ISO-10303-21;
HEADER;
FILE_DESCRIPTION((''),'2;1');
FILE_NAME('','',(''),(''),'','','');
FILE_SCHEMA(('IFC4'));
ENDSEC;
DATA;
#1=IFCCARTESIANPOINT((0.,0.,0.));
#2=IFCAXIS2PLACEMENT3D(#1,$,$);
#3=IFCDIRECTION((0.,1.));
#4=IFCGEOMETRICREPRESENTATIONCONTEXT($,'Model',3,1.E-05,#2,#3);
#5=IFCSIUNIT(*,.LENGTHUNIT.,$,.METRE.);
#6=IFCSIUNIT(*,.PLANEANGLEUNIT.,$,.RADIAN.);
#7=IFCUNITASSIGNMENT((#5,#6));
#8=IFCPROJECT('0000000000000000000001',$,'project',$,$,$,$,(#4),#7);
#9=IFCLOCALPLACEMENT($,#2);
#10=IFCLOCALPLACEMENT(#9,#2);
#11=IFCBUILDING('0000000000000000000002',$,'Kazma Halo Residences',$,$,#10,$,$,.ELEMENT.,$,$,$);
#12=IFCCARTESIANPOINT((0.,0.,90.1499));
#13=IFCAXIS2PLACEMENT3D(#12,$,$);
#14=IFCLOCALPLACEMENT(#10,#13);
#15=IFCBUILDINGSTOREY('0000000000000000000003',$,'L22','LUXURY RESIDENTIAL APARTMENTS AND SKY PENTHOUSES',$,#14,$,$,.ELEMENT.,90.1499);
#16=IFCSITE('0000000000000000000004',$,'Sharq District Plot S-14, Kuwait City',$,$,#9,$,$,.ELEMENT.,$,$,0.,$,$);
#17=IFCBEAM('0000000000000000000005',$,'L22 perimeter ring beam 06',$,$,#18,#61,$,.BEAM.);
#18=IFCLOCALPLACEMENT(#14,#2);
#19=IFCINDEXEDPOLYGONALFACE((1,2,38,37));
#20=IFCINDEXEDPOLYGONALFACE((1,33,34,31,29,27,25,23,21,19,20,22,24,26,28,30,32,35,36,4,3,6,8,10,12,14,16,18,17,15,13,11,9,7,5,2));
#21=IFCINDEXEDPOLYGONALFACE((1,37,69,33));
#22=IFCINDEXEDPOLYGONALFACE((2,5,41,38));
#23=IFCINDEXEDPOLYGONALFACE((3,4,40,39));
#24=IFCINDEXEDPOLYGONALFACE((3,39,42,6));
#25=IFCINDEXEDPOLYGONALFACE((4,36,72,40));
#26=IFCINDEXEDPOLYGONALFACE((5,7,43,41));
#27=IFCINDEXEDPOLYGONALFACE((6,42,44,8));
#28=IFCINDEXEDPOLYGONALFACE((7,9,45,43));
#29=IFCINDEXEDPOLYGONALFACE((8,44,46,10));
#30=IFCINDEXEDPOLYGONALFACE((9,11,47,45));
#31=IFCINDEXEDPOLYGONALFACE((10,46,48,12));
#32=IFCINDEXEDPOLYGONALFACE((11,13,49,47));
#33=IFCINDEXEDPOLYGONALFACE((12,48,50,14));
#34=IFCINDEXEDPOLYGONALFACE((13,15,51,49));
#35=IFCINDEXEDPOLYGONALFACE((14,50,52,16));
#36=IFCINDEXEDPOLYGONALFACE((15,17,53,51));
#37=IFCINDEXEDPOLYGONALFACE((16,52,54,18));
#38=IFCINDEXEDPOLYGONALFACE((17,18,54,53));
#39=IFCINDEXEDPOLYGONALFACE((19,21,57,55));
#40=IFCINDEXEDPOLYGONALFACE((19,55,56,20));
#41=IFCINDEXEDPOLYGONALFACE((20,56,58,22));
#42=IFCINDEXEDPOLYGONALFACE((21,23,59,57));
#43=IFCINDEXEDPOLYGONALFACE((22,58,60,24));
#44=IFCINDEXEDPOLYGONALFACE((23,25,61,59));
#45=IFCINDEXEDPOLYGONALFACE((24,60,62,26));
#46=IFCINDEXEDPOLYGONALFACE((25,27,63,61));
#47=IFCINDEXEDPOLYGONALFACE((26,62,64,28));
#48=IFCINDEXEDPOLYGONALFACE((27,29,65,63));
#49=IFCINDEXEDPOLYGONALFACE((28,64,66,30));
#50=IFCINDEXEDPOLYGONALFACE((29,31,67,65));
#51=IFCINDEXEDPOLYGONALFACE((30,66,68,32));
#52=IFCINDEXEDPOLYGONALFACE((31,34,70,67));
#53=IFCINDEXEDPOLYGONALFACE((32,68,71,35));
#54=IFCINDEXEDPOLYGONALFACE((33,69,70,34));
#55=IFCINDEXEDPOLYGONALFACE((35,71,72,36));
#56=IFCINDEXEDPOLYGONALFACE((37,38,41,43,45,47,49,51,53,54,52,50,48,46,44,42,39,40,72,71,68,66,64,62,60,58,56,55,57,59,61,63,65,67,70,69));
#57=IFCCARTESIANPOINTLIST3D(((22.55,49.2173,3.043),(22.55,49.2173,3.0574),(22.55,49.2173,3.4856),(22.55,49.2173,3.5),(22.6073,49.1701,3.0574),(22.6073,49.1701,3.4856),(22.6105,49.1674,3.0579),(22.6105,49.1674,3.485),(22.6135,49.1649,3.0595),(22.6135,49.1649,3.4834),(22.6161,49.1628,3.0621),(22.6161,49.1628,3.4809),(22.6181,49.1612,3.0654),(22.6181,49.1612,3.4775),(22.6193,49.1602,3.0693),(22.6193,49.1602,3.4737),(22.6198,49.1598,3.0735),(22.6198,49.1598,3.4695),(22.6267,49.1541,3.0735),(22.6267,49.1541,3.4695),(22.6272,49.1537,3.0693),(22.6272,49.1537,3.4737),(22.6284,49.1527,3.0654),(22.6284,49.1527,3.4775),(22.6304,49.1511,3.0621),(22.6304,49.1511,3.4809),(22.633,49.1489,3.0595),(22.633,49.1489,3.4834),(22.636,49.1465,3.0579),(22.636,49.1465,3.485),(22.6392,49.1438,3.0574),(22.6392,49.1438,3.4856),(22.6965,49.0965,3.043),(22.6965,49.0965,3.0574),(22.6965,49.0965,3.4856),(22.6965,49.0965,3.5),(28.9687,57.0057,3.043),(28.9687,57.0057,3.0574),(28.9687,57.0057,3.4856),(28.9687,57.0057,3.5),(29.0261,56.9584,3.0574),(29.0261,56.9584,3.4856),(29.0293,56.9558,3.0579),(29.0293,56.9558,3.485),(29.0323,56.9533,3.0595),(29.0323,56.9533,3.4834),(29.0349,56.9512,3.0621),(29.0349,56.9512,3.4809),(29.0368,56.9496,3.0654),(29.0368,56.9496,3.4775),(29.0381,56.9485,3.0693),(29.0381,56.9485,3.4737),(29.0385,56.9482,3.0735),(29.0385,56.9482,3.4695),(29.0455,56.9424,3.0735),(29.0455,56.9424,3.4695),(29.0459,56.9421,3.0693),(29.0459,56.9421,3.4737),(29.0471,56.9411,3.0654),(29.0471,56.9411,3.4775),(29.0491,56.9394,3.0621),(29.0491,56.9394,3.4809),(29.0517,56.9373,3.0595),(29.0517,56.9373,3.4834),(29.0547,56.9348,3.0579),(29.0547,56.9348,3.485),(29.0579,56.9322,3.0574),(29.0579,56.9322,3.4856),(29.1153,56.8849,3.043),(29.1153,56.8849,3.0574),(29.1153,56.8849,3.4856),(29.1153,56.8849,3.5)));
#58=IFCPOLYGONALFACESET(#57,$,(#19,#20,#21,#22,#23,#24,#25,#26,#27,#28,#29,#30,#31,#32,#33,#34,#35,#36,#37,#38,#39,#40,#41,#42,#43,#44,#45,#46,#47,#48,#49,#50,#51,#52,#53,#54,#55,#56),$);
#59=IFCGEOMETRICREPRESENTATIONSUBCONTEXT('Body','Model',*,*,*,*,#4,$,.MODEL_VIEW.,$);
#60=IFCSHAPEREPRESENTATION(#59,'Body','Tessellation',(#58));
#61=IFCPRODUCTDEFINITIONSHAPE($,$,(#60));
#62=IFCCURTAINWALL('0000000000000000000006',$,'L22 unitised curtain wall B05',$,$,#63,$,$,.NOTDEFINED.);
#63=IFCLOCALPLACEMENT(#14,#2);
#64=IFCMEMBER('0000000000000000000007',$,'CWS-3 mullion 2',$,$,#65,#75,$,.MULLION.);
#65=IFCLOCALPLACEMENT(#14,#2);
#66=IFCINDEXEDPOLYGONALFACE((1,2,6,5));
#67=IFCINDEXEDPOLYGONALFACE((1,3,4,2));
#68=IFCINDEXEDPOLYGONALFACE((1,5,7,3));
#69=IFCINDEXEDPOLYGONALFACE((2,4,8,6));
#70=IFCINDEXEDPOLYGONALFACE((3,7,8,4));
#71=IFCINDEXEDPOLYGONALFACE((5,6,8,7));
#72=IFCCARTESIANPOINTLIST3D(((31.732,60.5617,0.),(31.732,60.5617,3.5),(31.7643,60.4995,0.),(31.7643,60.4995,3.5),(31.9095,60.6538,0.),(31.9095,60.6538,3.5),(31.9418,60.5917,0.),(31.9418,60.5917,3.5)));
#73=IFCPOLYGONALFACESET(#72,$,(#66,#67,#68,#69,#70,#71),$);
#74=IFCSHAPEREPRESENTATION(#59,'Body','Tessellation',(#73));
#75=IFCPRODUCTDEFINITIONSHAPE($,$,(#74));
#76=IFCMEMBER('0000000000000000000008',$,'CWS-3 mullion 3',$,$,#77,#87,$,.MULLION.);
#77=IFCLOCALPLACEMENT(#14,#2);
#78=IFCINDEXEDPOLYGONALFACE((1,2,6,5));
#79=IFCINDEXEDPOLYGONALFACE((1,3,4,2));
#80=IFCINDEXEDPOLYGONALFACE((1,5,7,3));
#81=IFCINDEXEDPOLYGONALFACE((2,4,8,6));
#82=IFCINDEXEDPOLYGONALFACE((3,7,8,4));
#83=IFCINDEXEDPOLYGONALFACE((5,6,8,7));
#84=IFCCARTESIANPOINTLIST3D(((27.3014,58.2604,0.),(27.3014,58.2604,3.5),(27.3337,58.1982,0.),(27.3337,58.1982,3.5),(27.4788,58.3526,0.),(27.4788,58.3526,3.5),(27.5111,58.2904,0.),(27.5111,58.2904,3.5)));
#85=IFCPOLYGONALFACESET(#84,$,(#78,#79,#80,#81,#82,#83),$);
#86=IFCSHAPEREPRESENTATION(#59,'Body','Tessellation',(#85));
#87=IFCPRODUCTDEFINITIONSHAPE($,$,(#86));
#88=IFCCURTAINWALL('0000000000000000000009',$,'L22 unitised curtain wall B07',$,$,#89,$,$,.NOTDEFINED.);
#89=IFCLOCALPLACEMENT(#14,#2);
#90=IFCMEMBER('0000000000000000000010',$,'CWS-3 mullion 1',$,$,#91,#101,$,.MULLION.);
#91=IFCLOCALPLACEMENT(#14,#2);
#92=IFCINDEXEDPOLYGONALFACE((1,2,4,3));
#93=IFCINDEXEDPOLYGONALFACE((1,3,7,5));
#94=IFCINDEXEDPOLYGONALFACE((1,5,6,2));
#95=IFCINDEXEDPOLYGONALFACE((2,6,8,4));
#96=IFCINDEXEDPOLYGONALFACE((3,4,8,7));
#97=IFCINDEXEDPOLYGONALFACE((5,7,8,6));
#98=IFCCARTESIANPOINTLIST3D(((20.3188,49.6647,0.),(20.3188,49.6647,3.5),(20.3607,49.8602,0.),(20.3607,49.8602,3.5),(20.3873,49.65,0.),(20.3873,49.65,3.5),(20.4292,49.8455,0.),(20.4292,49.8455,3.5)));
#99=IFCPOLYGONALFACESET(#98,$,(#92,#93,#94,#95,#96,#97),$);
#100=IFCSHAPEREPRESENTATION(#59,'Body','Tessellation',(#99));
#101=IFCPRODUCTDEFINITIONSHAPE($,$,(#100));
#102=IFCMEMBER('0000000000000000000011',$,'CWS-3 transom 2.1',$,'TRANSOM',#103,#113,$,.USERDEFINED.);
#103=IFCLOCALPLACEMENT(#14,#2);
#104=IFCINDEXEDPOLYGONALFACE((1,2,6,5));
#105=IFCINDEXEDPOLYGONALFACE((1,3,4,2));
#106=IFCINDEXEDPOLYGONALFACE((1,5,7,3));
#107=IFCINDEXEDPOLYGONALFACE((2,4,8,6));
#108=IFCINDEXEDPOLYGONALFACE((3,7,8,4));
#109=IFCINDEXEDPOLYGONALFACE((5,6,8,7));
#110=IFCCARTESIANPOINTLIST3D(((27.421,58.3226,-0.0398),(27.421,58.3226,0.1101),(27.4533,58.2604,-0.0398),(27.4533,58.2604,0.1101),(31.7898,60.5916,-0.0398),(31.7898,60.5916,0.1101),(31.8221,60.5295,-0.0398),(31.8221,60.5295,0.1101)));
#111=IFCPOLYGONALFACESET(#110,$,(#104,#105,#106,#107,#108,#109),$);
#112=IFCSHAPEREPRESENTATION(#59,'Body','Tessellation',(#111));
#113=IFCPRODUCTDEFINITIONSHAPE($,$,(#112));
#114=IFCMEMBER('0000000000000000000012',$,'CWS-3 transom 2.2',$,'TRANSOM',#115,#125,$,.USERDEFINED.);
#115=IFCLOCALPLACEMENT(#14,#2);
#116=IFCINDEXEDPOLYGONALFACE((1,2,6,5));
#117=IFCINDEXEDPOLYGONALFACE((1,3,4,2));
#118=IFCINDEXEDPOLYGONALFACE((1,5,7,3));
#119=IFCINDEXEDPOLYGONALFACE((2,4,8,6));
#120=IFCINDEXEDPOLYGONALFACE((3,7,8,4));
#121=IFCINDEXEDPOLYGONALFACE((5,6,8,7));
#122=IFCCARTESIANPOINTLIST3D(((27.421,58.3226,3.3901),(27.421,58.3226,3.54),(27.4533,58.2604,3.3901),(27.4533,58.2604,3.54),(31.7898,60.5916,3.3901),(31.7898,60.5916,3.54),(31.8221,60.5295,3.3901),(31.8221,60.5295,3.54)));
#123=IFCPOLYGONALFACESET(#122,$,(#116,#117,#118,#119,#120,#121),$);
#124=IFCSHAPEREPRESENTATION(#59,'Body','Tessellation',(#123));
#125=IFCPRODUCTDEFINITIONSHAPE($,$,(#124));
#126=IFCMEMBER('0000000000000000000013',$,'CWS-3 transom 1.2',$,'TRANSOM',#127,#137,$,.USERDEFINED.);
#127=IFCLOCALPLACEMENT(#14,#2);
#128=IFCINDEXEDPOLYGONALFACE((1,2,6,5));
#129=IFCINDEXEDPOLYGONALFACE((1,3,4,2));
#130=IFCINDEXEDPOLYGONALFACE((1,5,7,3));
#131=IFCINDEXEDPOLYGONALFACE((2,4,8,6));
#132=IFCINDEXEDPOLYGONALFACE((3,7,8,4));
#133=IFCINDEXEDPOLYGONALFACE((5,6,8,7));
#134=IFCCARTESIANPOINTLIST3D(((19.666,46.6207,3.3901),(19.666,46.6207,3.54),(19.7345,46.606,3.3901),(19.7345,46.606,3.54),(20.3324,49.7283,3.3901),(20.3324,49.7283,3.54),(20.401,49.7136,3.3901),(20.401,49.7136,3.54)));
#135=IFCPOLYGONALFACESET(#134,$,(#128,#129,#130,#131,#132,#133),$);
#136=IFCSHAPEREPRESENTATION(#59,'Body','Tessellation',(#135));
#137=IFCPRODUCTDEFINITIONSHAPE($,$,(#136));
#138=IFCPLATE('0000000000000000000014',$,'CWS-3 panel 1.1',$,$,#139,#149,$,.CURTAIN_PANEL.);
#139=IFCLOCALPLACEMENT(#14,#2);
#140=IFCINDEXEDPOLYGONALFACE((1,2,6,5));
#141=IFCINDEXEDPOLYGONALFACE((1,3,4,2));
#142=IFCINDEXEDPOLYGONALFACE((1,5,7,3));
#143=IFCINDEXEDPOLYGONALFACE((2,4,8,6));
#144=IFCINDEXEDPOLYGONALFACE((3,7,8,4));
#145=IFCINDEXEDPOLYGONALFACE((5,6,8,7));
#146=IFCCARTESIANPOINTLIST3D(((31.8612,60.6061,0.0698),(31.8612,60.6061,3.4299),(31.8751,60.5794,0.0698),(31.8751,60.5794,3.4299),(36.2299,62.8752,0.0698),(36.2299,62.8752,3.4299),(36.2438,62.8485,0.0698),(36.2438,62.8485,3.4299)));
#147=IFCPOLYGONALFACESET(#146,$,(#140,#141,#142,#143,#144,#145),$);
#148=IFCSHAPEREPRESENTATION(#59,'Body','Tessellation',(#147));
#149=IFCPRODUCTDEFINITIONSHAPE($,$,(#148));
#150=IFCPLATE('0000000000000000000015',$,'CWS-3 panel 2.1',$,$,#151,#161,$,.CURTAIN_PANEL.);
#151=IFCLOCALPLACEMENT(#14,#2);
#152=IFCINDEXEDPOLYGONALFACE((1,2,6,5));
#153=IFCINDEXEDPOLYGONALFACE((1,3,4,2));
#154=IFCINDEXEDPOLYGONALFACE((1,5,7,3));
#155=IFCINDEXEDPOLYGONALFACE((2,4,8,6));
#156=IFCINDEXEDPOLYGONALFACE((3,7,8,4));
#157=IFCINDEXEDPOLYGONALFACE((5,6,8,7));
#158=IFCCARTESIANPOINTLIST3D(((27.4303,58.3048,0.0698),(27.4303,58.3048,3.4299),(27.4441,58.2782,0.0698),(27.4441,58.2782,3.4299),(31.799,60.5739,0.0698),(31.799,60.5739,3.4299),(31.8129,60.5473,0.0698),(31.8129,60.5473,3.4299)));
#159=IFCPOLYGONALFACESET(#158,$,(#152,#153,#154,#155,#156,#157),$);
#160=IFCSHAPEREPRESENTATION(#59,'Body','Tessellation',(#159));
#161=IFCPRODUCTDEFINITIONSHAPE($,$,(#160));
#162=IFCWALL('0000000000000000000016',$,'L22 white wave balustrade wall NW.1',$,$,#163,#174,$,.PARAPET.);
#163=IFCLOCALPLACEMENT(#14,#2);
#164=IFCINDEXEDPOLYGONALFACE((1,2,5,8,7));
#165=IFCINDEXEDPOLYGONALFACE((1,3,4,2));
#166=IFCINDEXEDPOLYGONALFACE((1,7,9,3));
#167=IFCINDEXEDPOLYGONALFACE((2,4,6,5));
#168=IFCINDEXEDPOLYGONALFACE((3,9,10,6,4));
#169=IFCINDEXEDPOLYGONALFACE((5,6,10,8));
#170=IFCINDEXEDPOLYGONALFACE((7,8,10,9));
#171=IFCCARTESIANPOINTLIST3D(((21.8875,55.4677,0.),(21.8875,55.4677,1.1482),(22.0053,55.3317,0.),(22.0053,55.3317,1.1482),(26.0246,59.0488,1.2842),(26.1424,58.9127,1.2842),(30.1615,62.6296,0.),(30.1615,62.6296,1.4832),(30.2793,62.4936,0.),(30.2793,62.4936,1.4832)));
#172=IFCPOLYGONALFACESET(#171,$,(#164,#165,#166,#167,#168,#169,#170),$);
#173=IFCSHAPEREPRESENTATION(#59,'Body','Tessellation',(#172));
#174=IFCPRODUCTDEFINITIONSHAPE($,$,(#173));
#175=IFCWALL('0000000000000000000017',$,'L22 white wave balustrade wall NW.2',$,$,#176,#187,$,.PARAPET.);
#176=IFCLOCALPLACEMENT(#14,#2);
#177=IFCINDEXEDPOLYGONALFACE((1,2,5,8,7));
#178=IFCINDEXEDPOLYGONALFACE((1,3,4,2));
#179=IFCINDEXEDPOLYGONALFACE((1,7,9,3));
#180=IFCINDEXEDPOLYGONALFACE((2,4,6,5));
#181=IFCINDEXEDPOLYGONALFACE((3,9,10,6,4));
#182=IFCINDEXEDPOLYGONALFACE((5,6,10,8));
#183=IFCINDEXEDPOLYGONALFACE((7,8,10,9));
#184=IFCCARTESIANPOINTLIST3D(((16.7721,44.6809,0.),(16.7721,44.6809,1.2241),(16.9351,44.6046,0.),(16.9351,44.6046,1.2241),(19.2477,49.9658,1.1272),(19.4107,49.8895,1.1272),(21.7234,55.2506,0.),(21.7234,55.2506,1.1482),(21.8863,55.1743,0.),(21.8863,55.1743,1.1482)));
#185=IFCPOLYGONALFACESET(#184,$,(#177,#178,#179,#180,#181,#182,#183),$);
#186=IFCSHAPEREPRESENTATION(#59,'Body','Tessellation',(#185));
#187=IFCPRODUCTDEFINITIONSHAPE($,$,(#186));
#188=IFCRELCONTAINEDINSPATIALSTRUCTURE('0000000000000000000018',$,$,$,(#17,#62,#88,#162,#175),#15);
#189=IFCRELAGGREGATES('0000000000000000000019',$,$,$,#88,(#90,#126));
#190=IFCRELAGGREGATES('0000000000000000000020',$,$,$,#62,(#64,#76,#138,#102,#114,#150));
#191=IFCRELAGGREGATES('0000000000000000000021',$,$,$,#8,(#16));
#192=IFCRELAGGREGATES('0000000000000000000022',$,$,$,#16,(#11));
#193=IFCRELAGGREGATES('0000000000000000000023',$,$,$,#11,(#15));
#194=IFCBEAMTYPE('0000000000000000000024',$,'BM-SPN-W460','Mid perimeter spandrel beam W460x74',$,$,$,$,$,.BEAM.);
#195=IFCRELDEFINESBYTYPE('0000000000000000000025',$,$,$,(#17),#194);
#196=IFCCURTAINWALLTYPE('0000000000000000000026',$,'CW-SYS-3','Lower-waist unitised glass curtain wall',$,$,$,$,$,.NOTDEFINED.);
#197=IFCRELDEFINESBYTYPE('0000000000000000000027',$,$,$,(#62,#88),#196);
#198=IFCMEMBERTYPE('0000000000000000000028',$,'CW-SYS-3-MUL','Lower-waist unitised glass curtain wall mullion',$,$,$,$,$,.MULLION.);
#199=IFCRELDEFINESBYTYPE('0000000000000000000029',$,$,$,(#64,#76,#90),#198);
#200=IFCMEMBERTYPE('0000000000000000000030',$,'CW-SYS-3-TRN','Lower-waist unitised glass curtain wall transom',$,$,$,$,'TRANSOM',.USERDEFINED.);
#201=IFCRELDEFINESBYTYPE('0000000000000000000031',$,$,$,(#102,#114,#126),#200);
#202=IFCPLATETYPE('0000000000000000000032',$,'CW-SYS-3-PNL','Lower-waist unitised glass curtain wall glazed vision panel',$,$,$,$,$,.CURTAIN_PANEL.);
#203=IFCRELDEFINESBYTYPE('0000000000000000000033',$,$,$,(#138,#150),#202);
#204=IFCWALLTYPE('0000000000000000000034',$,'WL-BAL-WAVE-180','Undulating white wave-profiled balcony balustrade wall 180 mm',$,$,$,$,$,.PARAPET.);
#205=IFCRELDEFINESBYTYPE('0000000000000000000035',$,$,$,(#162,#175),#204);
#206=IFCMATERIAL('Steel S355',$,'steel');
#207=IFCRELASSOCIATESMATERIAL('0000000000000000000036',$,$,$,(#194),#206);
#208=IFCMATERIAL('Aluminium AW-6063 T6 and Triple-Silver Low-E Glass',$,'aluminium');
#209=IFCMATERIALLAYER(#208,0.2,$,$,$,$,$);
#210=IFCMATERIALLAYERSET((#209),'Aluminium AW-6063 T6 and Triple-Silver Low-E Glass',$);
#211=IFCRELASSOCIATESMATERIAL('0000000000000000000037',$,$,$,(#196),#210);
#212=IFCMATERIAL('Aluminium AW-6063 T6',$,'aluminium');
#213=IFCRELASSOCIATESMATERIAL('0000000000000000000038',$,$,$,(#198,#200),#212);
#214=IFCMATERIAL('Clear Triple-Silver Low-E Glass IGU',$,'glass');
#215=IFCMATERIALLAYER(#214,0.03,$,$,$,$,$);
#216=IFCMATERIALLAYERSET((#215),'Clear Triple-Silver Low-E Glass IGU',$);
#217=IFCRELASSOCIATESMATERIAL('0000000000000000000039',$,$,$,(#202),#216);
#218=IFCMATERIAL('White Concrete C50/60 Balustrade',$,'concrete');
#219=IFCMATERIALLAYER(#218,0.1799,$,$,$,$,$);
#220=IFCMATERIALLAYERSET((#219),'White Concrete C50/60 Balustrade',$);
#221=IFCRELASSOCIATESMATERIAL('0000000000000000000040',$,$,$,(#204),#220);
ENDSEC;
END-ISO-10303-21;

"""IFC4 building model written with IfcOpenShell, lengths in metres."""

from ifc_helpers import new_model, si_unit, direction, frame, origin, origin_2d, place, context, subcontext, project, spatial, polyline, rectangle, i_section, outline, extrude, material, layer, layer_set, material_profile, profile_set, type_object, element, aggregate, save


model = new_model("IFC4")

# Units and contexts
model_context = context("Model", 3, precision=1e-05, world=origin(), true_north=direction((0.0, 1.0)))
body_context = subcontext(model_context, "Body", "Model", "MODEL_VIEW")
ifc_project = project(units=[si_unit("LENGTHUNIT", "METRE"), si_unit("PLANEANGLEUNIT", "RADIAN")], contexts=[model_context])

# Site, building, storey
site_placement = place(None, origin())
site = spatial("IfcSite", under=ifc_project, at=site_placement, Name="Sharq District Plot S-14, Kuwait City", CompositionType="ELEMENT", RefElevation=0.0)
building_placement = place(site_placement, origin())
building = spatial("IfcBuilding", under=site, at=building_placement, Name="Kazma Halo Residences", CompositionType="ELEMENT")
storey_placement = place(building_placement, frame((0.0, 0.0, 90.1499)))
storey = spatial("IfcBuildingStorey", under=building, at=storey_placement, Name="L22", Description="LUXURY RESIDENTIAL APARTMENTS AND SKY PENTHOUSES", CompositionType="ELEMENT", Elevation=90.1499)

# Beam
ifc_material_1 = material(Name="Steel S355", Category="steel")
ifc_material_profile_1 = material_profile(ifc_material_1, i_section(OverallWidth=0.1899, OverallDepth=0.457, WebThickness=0.009, FlangeThickness=0.0144, FilletRadius=0.0161, at=origin_2d()), Name="W460x74")
ifc_profile_set_1 = profile_set([ifc_material_profile_1], Name="Steel S355")
beam_type_1 = type_object("IfcBeamType", Name="BM-SPN-W460", Description="Mid perimeter spandrel beam W460x74", PredefinedType="BEAM", material=ifc_profile_set_1)
beam_1_placement = place(storey_placement, frame((29.042, 56.9453, 3.2715), z_axis=(-0.63599, -0.771698, 0.0), x_axis=(0.771698, -0.63599, 0.0)))
element("IfcBeam", 1, at=beam_1_placement, inside=storey, type_object=beam_type_1, Name="L22 perimeter ring beam 06", PredefinedType="BEAM", context=body_context, shape_type="SweptSolid", body=[
    extrude(i_section(OverallWidth=0.1899, OverallDepth=0.457, WebThickness=0.009, FlangeThickness=0.0144, FilletRadius=0.0161, at=origin_2d()), origin(), (0.0, 0.0, 1.0), 10.0925),
])

# Curtain wall, members
ifc_material_2 = material(Name="Aluminium AW-6063 T6 and Triple-Silver Low-E Glass", Category="aluminium")
ifc_layer_1 = layer(ifc_material_2, 0.2)
ifc_layer_set_1 = layer_set([ifc_layer_1], Name="Aluminium AW-6063 T6 and Triple-Silver Low-E Glass")
curtain_wall_type = type_object("IfcCurtainWallType", Name="CW-SYS-3", Description="Lower-waist unitised glass curtain wall", PredefinedType="NOTDEFINED", material=ifc_layer_set_1)
curtain_wall_1_placement = place(storey_placement, origin())
curtain_wall_1 = element("IfcCurtainWall", 2, at=curtain_wall_1_placement, inside=storey, type_object=curtain_wall_type, Name="L22 unitised curtain wall B05", PredefinedType="NOTDEFINED")
ifc_material_3 = material(Name="Aluminium AW-6063 T6", Category="aluminium")
ifc_material_profile_2 = material_profile(ifc_material_3, rectangle(XDim=0.0701, YDim=0.2, at=origin_2d()), Name="CWM-70x200")
ifc_profile_set_2 = profile_set([ifc_material_profile_2], Name="Aluminium AW-6063 T6")
member_type_1 = type_object("IfcMemberType", Name="CW-SYS-3-MUL", Description="Lower-waist unitised glass curtain wall mullion", PredefinedType="MULLION", material=ifc_profile_set_2)
member_1_placement = place(storey_placement, frame((31.8369, 60.5767, 0.0), z_axis=(0.0, 0.0, 1.0), x_axis=(0.460932, -0.887435, 0.0)))
member_1 = element("IfcMember", 3, at=member_1_placement, type_object=member_type_1, Name="CWS-3 mullion 2", PredefinedType="MULLION", context=body_context, shape_type="SweptSolid", body=[
    extrude(rectangle(XDim=0.0701, YDim=0.2, at=origin_2d()), origin(), (0.0, 0.0, 1.0), 3.5),
])
member_2_placement = place(storey_placement, frame((27.4062, 58.2754, 0.0), z_axis=(0.0, 0.0, 1.0), x_axis=(0.460932, -0.887435, 0.0)))
member_2 = element("IfcMember", 4, at=member_2_placement, type_object=member_type_1, Name="CWS-3 mullion 3", PredefinedType="MULLION", context=body_context, shape_type="SweptSolid", body=[
    extrude(rectangle(XDim=0.0701, YDim=0.2, at=origin_2d()), origin(), (0.0, 0.0, 1.0), 3.5),
])

# Curtain wall, member
curtain_wall_2_placement = place(storey_placement, origin())
curtain_wall_2 = element("IfcCurtainWall", 5, at=curtain_wall_2_placement, inside=storey, type_object=curtain_wall_type, Name="L22 unitised curtain wall B07", PredefinedType="NOTDEFINED")
member_3_placement = place(storey_placement, frame((20.374, 49.7551, 0.0), z_axis=(0.0, 0.0, 1.0), x_axis=(0.977774, -0.209661, 0.0)))
member_3 = element("IfcMember", 6, at=member_3_placement, type_object=member_type_1, Name="CWS-3 mullion 1", PredefinedType="MULLION", context=body_context, shape_type="SweptSolid", body=[
    extrude(rectangle(XDim=0.0701, YDim=0.2, at=origin_2d()), origin(), (0.0, 0.0, 1.0), 3.5),
])

# Members
ifc_material_profile_3 = material_profile(ifc_material_3, rectangle(XDim=0.0701, YDim=0.1499, at=origin_2d()), Name="CWT-70x150")
ifc_profile_set_3 = profile_set([ifc_material_profile_3], Name="Aluminium AW-6063 T6")
member_type_2 = type_object("IfcMemberType", Name="CW-SYS-3-TRN", Description="Lower-waist unitised glass curtain wall transom", ElementType="TRANSOM", PredefinedType="USERDEFINED", material=ifc_profile_set_3)
member_4_placement = place(storey_placement, frame((31.8059, 60.5605, 0.0352), z_axis=(-0.887438, -0.460928, 0.0), x_axis=(0.460928, -0.887438, 0.0)))
member_4 = element("IfcMember", 7, at=member_4_placement, type_object=member_type_2, Name="CWS-3 transom 2.1", ObjectType="TRANSOM", PredefinedType="USERDEFINED", context=body_context, shape_type="SweptSolid", body=[
    extrude(rectangle(XDim=0.0701, YDim=0.1499, at=origin_2d()), origin(), (0.0, 0.0, 1.0), 4.9229),
])
member_5_placement = place(storey_placement, frame((31.8059, 60.5605, 3.4651), z_axis=(-0.887438, -0.460928, 0.0), x_axis=(0.460928, -0.887438, 0.0)))
member_5 = element("IfcMember", 8, at=member_5_placement, type_object=member_type_2, Name="CWS-3 transom 2.2", ObjectType="TRANSOM", PredefinedType="USERDEFINED", context=body_context, shape_type="SweptSolid", body=[
    extrude(rectangle(XDim=0.0701, YDim=0.1499, at=origin_2d()), origin(), (0.0, 0.0, 1.0), 4.9229),
])
member_6_placement = place(storey_placement, frame((20.3667, 49.7209, 3.4651), z_axis=(-0.209702, -0.977765, 0.0), x_axis=(0.977765, -0.209702, 0.0)))
member_6 = element("IfcMember", 9, at=member_6_placement, type_object=member_type_2, Name="CWS-3 transom 1.2", ObjectType="TRANSOM", PredefinedType="USERDEFINED", context=body_context, shape_type="SweptSolid", body=[
    extrude(rectangle(XDim=0.0701, YDim=0.1499, at=origin_2d()), origin(), (0.0, 0.0, 1.0), 3.1782),
])
aggregate(curtain_wall_2, [member_3, member_6])

# Plates
ifc_material_4 = material(Name="Clear Triple-Silver Low-E Glass IGU", Category="glass")
ifc_layer_2 = layer(ifc_material_4, 0.03)
ifc_layer_set_2 = layer_set([ifc_layer_2], Name="Clear Triple-Silver Low-E Glass IGU")
plate_type = type_object("IfcPlateType", Name="CW-SYS-3-PNL", Description="Lower-waist unitised glass curtain wall glazed vision panel", PredefinedType="CURTAIN_PANEL", material=ifc_layer_set_2)
plate_1_placement = place(storey_placement, frame((34.0525, 61.7273, 0.0698), z_axis=(0.0, 0.0, 1.0), x_axis=(-0.887435, -0.460932, 0.0)))
plate_1 = element("IfcPlate", 10, at=plate_1_placement, type_object=plate_type, Name="CWS-3 panel 1.1", PredefinedType="CURTAIN_PANEL", context=body_context, shape_type="SweptSolid", body=[
    extrude(rectangle(XDim=4.9229, YDim=0.03, at=origin_2d()), origin(), (0.0, 0.0, 1.0), 3.3601),
])
plate_2_placement = place(storey_placement, frame((29.6216, 59.426, 0.0698), z_axis=(0.0, 0.0, 1.0), x_axis=(-0.887435, -0.460932, 0.0)))
plate_2 = element("IfcPlate", 11, at=plate_2_placement, type_object=plate_type, Name="CWS-3 panel 2.1", PredefinedType="CURTAIN_PANEL", context=body_context, shape_type="SweptSolid", body=[
    extrude(rectangle(XDim=4.9229, YDim=0.03, at=origin_2d()), origin(), (0.0, 0.0, 1.0), 3.3601),
])
aggregate(curtain_wall_1, [member_1, member_2, plate_1, member_4, member_5, plate_2])

# Walls
ifc_material_5 = material(Name="White Concrete C50/60 Balustrade", Category="concrete")
ifc_layer_3 = layer(ifc_material_5, 0.1799)
ifc_layer_set_3 = layer_set([ifc_layer_3], Name="White Concrete C50/60 Balustrade")
wall_type_1 = type_object("IfcWallType", Name="WL-BAL-WAVE-180", Description="Undulating white wave-profiled balcony balustrade wall 180 mm", PredefinedType="PARAPET", material=ifc_layer_set_3)
wall_1_placement = place(storey_placement, frame((30.2205, 62.5615, 0.0), z_axis=(0.0, 0.0, 1.0), x_axis=(-0.75609, -0.654468, 0.0)))
element("IfcWall", 12, at=wall_1_placement, inside=storey, type_object=wall_type_1, Name="L22 white wave balustrade wall NW.1", PredefinedType="PARAPET", context=body_context, shape_type="SweptSolid", body=[
    extrude(outline(polyline([(0.0, 0.0), (10.9431, 0.0), (10.9431, 1.1482), (5.4714, 1.2842), (0.0, 1.4832), (0.0, 0.0)])), frame((0.0, 0.0898, 0.0), z_axis=(0.0, -1.0, 0.0), x_axis=(1.0, 0.0, 0.0)), (0.0, 0.0, 1.0), 0.1799),
])
wall_2_placement = place(storey_placement, frame((21.8049, 55.2124, 0.0), z_axis=(0.0, 0.0, 1.0), x_axis=(-0.424201, -0.905568, 0.0)))
element("IfcWall", 13, at=wall_2_placement, inside=storey, type_object=wall_type_1, Name="L22 white wave balustrade wall NW.2", PredefinedType="PARAPET", context=body_context, shape_type="SweptSolid", body=[
    extrude(outline(polyline([(0.0, 0.0), (11.6719, 0.0), (11.6719, 1.2241), (5.8359, 1.1272), (0.0, 1.1482), (0.0, 0.0)])), frame((0.0, 0.0898, 0.0), z_axis=(0.0, -1.0, 0.0), x_axis=(1.0, 0.0, 0.0)), (0.0, 0.0, 1.0), 0.1799),
])

save(model, "model.ifc")
